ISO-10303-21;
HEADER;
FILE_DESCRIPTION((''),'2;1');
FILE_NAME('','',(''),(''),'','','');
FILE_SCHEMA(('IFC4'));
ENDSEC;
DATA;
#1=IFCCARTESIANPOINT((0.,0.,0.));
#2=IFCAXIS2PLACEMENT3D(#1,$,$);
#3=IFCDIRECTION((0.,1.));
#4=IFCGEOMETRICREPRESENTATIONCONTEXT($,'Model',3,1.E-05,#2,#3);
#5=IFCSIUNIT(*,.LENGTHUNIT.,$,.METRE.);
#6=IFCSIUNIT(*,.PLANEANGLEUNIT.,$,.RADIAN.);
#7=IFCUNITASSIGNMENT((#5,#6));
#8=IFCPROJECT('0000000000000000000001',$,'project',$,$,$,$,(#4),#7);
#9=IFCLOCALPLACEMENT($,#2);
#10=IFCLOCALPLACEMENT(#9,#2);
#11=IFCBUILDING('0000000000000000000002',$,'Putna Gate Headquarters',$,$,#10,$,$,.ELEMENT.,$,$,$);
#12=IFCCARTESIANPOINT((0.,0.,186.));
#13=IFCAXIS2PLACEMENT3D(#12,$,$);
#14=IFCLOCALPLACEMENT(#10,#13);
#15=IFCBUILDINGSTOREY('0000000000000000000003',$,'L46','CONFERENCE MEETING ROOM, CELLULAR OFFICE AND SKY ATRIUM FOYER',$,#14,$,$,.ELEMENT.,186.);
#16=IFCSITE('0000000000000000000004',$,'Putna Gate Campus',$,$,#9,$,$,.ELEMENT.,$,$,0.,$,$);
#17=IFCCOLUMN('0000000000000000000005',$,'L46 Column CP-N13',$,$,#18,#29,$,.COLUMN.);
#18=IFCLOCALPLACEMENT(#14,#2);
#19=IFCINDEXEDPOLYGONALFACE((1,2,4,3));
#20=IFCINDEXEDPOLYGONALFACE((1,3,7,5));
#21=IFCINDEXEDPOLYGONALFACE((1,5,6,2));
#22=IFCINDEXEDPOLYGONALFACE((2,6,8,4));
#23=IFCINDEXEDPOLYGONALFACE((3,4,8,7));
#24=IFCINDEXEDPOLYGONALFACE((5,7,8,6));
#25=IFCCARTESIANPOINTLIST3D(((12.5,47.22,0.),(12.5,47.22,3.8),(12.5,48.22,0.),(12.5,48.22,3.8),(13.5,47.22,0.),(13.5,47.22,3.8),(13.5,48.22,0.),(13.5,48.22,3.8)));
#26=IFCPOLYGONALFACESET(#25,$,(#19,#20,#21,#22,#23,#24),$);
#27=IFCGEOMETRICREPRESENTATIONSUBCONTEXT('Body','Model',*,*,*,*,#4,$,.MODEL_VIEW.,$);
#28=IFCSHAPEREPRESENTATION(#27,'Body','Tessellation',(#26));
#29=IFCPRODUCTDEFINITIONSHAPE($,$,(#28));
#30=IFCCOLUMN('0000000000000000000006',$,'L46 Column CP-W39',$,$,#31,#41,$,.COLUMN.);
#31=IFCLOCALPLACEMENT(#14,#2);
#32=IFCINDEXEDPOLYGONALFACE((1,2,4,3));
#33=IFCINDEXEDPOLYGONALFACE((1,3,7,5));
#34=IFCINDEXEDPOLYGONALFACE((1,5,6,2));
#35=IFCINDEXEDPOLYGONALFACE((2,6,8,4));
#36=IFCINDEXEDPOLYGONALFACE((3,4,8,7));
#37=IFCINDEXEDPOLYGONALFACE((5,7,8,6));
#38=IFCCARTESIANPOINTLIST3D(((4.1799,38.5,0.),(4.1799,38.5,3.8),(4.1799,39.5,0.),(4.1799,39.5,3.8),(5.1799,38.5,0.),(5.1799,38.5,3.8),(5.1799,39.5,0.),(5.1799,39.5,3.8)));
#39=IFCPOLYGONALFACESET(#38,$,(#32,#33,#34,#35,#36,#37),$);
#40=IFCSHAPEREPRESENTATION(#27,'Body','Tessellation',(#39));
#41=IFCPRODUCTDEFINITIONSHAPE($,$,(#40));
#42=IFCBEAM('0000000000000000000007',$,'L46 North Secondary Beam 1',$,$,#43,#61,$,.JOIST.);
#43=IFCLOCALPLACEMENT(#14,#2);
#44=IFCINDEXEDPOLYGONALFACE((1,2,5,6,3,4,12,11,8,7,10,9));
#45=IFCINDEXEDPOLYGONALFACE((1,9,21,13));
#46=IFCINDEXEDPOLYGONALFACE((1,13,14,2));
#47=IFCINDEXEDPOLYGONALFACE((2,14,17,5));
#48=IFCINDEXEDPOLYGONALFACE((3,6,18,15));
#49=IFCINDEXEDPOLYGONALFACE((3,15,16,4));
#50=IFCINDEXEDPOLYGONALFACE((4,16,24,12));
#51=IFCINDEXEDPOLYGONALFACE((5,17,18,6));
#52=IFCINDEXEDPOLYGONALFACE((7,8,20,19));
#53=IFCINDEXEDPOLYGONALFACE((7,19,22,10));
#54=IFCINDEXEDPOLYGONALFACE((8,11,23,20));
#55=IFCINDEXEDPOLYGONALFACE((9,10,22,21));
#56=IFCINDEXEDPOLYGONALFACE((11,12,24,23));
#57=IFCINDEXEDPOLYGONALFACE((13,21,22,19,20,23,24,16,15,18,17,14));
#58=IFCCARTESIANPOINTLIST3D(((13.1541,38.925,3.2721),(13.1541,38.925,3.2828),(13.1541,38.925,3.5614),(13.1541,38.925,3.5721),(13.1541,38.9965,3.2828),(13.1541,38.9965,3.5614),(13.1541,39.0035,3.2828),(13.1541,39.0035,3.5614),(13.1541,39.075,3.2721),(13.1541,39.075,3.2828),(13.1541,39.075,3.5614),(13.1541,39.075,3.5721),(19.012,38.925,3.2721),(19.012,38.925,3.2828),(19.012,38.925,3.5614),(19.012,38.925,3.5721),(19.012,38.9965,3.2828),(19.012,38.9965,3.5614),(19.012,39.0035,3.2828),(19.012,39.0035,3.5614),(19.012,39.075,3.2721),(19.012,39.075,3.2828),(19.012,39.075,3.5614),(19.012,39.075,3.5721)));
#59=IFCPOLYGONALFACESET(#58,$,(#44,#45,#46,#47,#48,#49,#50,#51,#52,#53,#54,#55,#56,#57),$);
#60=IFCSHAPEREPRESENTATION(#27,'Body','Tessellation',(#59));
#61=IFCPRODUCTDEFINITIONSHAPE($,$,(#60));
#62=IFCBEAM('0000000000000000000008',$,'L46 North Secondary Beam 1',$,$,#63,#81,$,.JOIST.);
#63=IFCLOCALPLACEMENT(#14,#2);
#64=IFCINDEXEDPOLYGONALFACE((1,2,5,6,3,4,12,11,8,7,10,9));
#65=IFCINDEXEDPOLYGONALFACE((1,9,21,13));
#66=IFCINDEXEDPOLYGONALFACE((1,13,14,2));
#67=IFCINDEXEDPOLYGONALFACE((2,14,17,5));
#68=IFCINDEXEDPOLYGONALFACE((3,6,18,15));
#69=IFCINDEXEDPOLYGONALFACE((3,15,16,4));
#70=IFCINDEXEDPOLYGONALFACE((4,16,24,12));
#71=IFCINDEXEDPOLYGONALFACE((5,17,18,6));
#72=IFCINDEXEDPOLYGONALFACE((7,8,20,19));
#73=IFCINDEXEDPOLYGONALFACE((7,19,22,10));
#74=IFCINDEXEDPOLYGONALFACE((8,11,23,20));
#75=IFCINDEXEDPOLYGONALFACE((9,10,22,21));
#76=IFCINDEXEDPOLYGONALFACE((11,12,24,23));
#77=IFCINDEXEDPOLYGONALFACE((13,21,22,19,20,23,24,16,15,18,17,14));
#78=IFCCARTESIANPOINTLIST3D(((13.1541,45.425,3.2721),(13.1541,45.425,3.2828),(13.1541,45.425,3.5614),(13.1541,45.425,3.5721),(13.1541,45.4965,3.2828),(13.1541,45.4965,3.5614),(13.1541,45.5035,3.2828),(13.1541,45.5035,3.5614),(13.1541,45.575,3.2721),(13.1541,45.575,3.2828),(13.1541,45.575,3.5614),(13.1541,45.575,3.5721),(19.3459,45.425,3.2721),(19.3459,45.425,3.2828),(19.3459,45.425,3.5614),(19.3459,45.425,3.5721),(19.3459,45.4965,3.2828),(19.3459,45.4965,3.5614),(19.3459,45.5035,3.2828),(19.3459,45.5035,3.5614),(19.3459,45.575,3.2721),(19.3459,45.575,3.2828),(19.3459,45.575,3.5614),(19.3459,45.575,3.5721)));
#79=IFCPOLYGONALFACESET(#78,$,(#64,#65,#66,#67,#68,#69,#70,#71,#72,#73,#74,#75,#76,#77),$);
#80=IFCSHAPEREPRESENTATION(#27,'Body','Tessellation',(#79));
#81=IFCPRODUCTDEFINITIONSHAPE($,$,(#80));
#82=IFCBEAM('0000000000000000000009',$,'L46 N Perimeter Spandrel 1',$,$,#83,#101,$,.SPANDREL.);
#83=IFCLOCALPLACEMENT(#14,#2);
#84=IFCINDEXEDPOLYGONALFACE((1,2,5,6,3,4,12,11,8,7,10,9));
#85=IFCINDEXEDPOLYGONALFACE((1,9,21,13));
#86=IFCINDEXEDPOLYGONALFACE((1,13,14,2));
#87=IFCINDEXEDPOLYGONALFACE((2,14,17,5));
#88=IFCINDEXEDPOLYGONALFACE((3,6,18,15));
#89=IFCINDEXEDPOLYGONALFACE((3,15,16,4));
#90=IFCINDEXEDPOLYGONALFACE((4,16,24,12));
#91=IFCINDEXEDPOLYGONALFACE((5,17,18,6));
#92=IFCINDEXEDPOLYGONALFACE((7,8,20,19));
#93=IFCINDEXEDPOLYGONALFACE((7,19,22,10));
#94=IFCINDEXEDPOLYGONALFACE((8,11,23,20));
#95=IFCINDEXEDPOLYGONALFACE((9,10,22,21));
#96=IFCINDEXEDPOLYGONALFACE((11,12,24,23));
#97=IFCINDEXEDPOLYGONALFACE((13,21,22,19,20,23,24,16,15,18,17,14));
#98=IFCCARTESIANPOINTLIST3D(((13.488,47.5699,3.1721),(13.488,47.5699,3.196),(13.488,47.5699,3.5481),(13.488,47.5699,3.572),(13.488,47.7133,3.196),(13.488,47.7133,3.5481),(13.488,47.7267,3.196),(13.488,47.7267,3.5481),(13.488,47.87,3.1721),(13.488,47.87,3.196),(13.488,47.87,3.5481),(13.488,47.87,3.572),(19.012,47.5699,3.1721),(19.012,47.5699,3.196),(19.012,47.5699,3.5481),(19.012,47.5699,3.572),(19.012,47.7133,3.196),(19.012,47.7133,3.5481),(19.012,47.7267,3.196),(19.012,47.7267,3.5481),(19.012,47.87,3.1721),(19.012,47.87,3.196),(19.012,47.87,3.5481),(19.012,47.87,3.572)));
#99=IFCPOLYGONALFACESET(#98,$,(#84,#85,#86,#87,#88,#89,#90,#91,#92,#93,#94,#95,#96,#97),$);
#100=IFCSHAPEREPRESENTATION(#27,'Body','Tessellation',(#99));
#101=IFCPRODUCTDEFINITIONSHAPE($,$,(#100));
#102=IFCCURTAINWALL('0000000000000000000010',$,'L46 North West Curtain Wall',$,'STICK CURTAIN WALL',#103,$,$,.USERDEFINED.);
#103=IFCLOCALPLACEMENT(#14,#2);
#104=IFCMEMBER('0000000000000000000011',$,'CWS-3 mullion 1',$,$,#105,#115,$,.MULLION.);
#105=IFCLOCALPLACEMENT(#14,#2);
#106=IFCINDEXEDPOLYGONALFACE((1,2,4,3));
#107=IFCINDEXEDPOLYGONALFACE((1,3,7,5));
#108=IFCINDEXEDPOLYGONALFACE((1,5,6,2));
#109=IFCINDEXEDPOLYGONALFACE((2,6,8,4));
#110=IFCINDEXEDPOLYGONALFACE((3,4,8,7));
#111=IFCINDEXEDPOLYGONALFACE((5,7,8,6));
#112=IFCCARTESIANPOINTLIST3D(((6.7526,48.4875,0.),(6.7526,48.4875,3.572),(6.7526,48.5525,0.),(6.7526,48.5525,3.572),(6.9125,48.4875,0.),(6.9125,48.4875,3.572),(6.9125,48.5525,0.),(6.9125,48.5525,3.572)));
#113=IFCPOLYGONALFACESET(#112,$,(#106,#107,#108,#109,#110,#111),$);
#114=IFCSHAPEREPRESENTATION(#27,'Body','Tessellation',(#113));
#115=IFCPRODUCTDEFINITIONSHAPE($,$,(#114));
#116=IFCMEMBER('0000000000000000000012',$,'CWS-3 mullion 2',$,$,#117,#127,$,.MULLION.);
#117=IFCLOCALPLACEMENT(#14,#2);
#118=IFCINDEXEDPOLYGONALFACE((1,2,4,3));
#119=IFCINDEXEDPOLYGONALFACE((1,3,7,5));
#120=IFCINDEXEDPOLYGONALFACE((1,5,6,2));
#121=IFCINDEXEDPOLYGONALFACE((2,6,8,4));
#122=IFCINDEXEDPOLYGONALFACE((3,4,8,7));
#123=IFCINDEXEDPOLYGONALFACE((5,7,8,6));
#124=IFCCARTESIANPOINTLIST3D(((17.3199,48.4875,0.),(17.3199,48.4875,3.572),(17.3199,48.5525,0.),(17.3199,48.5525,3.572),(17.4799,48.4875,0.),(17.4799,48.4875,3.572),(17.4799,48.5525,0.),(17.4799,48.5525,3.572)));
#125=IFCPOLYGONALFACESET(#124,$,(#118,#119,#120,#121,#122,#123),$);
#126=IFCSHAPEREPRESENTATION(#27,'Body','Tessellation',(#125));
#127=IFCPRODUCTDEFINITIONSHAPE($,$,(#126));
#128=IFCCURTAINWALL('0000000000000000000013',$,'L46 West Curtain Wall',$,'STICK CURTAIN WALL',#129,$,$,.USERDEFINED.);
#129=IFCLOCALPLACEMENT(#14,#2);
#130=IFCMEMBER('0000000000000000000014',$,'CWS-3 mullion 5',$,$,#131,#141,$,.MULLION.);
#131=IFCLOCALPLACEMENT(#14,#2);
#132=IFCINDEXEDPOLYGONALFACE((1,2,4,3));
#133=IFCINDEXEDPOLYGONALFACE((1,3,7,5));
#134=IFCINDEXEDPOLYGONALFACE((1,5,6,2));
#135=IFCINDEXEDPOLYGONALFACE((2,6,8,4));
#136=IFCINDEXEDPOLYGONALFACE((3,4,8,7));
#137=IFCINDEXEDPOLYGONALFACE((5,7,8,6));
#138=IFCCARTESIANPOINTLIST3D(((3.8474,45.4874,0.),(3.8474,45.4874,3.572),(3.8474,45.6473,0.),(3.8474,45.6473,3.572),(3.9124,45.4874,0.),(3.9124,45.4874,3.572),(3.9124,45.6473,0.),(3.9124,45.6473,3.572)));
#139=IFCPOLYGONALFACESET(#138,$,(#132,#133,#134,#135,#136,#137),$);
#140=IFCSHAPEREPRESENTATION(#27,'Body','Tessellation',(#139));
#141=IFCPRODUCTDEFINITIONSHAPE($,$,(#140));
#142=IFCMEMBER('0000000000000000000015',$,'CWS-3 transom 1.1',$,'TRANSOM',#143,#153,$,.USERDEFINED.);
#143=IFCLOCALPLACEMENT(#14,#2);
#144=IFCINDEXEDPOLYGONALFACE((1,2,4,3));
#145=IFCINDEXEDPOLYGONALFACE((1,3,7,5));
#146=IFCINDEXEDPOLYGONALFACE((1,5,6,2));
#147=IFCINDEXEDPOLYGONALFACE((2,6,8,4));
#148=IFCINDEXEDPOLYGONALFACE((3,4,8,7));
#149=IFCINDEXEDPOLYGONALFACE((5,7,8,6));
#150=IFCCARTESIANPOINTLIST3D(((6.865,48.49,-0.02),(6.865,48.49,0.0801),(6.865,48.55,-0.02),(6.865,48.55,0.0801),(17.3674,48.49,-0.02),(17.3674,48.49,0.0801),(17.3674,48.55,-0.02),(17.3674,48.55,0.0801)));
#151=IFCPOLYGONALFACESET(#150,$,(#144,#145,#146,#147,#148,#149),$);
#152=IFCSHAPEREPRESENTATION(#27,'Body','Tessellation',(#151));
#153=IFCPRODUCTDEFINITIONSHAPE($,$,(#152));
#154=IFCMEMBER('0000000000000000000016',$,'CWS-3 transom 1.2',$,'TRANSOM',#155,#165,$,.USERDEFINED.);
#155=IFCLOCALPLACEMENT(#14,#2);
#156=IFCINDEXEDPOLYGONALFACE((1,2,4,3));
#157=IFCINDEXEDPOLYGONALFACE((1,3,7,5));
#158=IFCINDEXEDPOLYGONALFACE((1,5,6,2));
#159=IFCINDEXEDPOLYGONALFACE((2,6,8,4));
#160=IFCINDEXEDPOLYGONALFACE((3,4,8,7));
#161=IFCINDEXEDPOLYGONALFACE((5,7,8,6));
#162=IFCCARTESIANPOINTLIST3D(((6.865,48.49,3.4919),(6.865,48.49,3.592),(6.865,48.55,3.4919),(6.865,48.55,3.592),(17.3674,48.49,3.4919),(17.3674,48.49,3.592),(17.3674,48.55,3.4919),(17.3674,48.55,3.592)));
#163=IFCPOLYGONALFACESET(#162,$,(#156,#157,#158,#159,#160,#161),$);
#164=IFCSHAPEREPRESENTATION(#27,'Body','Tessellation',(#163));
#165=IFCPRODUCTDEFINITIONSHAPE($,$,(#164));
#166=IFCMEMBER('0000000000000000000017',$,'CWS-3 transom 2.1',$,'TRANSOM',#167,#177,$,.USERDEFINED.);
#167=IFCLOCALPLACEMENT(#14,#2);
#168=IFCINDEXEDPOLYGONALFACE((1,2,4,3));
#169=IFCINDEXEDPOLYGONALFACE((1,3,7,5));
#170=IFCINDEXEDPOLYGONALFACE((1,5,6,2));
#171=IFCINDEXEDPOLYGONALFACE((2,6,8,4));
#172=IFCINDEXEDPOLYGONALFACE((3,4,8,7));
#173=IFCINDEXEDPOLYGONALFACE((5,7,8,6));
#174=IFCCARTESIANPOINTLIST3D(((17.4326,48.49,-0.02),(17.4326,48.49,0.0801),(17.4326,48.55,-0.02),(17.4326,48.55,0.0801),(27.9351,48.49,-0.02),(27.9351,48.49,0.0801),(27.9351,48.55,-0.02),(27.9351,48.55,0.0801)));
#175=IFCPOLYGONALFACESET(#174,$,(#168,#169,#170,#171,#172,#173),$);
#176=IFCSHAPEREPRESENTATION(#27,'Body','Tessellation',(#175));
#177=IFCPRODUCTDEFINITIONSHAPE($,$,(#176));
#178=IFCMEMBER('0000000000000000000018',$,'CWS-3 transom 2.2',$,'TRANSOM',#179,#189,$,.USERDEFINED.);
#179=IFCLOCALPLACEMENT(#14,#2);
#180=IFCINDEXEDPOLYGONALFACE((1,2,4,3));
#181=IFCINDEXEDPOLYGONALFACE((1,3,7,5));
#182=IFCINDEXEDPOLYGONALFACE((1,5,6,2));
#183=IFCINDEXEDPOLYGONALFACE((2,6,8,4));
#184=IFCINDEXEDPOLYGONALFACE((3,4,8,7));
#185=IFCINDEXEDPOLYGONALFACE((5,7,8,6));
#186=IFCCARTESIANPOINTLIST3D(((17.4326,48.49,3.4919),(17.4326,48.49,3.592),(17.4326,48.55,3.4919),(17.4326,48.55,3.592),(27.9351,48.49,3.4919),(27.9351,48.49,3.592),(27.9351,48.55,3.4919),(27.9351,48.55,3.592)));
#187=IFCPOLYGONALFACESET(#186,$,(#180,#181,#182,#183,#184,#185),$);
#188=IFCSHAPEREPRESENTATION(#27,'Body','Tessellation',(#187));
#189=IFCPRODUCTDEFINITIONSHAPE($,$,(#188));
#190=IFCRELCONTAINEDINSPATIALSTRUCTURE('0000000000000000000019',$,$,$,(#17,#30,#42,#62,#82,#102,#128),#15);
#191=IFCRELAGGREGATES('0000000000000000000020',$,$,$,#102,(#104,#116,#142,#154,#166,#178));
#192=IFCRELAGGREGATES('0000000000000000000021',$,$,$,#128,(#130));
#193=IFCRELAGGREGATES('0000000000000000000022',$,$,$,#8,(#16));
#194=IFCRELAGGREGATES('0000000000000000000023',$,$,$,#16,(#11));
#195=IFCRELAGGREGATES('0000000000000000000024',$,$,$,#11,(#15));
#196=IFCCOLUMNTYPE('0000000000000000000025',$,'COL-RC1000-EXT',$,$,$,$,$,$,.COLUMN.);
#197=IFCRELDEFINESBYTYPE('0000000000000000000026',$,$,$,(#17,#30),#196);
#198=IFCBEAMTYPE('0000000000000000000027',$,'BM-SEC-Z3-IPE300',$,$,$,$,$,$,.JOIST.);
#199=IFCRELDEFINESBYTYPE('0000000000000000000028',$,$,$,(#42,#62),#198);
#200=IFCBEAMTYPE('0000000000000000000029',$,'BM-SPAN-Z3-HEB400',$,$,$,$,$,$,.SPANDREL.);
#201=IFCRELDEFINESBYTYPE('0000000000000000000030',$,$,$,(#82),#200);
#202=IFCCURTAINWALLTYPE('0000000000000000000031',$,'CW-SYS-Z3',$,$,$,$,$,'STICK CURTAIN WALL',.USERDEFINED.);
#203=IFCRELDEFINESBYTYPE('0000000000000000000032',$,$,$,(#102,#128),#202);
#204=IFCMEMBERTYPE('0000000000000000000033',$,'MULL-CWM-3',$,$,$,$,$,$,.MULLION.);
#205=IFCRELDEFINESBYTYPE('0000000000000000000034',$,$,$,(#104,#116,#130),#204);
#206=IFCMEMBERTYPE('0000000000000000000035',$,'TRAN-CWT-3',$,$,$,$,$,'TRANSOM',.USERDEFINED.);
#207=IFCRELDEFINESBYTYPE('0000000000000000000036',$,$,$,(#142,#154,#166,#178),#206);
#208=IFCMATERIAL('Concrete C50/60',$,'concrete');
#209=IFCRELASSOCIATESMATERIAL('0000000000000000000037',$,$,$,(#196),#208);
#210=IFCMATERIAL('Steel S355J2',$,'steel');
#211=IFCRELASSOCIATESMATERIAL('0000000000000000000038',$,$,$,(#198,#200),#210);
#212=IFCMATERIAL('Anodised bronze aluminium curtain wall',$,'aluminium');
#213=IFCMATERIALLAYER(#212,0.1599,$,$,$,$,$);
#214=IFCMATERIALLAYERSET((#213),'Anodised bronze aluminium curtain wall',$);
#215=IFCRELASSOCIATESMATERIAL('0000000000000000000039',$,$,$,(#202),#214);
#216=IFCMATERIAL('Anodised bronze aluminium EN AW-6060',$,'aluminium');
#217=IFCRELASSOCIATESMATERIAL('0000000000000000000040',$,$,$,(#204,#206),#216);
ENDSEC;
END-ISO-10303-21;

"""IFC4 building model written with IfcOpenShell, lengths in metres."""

from ifc_helpers import new_model, si_unit, direction, frame, origin, origin_2d, place, context, subcontext, project, spatial, rectangle, i_section, extrude, material, layer, layer_set, material_profile, profile_set, type_object, element, aggregate, save


model = new_model("IFC4")

# Units and contexts
model_context = context("Model", 3, precision=1e-05, world=origin(), true_north=direction((0.0, 1.0)))
body_context = subcontext(model_context, "Body", "Model", "MODEL_VIEW")
ifc_project = project(units=[si_unit("LENGTHUNIT", "METRE"), si_unit("PLANEANGLEUNIT", "RADIAN")], contexts=[model_context])

# Site, building, storey
site_placement = place(None, origin())
site = spatial("IfcSite", under=ifc_project, at=site_placement, Name="Putna Gate Campus", CompositionType="ELEMENT", RefElevation=0.0)
building_placement = place(site_placement, origin())
building = spatial("IfcBuilding", under=site, at=building_placement, Name="Putna Gate Headquarters", CompositionType="ELEMENT")
storey_placement = place(building_placement, frame((0.0, 0.0, 186.0)))
storey = spatial("IfcBuildingStorey", under=building, at=storey_placement, Name="L46", Description="CONFERENCE MEETING ROOM, CELLULAR OFFICE AND SKY ATRIUM FOYER", CompositionType="ELEMENT", Elevation=186.0)

# Columns
ifc_material_1 = material(Name="Concrete C50/60", Category="concrete")
ifc_material_profile_1 = material_profile(ifc_material_1, rectangle(XDim=1.0, YDim=1.0, at=origin_2d()), Name="Concrete C50/60")
ifc_profile_set_1 = profile_set([ifc_material_profile_1], Name="Concrete C50/60")
column_type = type_object("IfcColumnType", Name="COL-RC1000-EXT", PredefinedType="COLUMN", material=ifc_profile_set_1)
for number, where, z_axis, x_axis, name in (
    (1, (13.0, 47.72, 0.0), (0.0, 0.0, 1.0), (1.0, 0.0, 0.0), "L46 Column CP-N13"),
    (2, (4.6799, 39.0, 0.0), (0.0, 0.0, 1.0), (1.0, 0.0, 0.0), "L46 Column CP-W39"),
):
    element("IfcColumn", number, at=place(storey_placement, frame(where, z_axis=z_axis, x_axis=x_axis)), inside=storey, type_object=column_type, Name=name, PredefinedType="COLUMN", context=body_context, shape_type="SweptSolid", body=[
        extrude(rectangle(XDim=1.0, YDim=1.0, at=origin_2d()), origin(), (0.0, 0.0, 1.0), 3.8),
    ])

# Beams
ifc_material_2 = material(Name="Steel S355J2", Category="steel")
ifc_material_profile_2 = material_profile(ifc_material_2, i_section(OverallWidth=0.1499, OverallDepth=0.3, WebThickness=0.0071, FlangeThickness=0.0107, at=origin_2d()), Name="Steel S355J2")
ifc_profile_set_2 = profile_set([ifc_material_profile_2], Name="Steel S355J2")
beam_type_1 = type_object("IfcBeamType", Name="BM-SEC-Z3-IPE300", PredefinedType="JOIST", material=ifc_profile_set_2)
beam_1_placement = place(storey_placement, frame((13.1541, 39.0, 3.4221), z_axis=(1.0, 0.0, 0.0), x_axis=(0.0, 1.0, 0.0)))
element("IfcBeam", 3, at=beam_1_placement, inside=storey, type_object=beam_type_1, Name="L46 North Secondary Beam 1", PredefinedType="JOIST", context=body_context, shape_type="SweptSolid", body=[
    extrude(i_section(OverallWidth=0.1499, OverallDepth=0.3, WebThickness=0.0071, FlangeThickness=0.0107, at=origin_2d()), origin(), (0.0, 0.0, 1.0), 5.8579),
])
beam_2_placement = place(storey_placement, frame((13.1541, 45.5, 3.4221), z_axis=(1.0, 0.0, 0.0), x_axis=(0.0, 1.0, 0.0)))
element("IfcBeam", 4, at=beam_2_placement, inside=storey, type_object=beam_type_1, Name="L46 North Secondary Beam 1", PredefinedType="JOIST", context=body_context, shape_type="SweptSolid", body=[
    extrude(i_section(OverallWidth=0.1499, OverallDepth=0.3, WebThickness=0.0071, FlangeThickness=0.0107, at=origin_2d()), origin(), (0.0, 0.0, 1.0), 6.1919),
])
ifc_material_profile_3 = material_profile(ifc_material_2, i_section(OverallWidth=0.3, OverallDepth=0.3999, WebThickness=0.0134, FlangeThickness=0.0239, at=origin_2d()), Name="Steel S355J2")
ifc_profile_set_3 = profile_set([ifc_material_profile_3], Name="Steel S355J2")
beam_type_2 = type_object("IfcBeamType", Name="BM-SPAN-Z3-HEB400", PredefinedType="SPANDREL", material=ifc_profile_set_3)
beam_3_placement = place(storey_placement, frame((13.488, 47.72, 3.3721), z_axis=(1.0, 0.0, 0.0), x_axis=(0.0, 1.0, 0.0)))
element("IfcBeam", 5, at=beam_3_placement, inside=storey, type_object=beam_type_2, Name="L46 N Perimeter Spandrel 1", PredefinedType="SPANDREL", context=body_context, shape_type="SweptSolid", body=[
    extrude(i_section(OverallWidth=0.3, OverallDepth=0.3999, WebThickness=0.0134, FlangeThickness=0.0239, at=origin_2d()), origin(), (0.0, 0.0, 1.0), 5.5239),
])

# Curtain wall, members
ifc_material_3 = material(Name="Anodised bronze aluminium curtain wall", Category="aluminium")
ifc_layer_1 = layer(ifc_material_3, 0.1599)
ifc_layer_set_1 = layer_set([ifc_layer_1], Name="Anodised bronze aluminium curtain wall")
curtain_wall_type = type_object("IfcCurtainWallType", Name="CW-SYS-Z3", ElementType="STICK CURTAIN WALL", PredefinedType="USERDEFINED", material=ifc_layer_set_1)
curtain_wall_1_placement = place(storey_placement, origin())
curtain_wall_1 = element("IfcCurtainWall", 6, at=curtain_wall_1_placement, inside=storey, type_object=curtain_wall_type, Name="L46 North West Curtain Wall", ObjectType="STICK CURTAIN WALL", PredefinedType="USERDEFINED")
ifc_material_4 = material(Name="Anodised bronze aluminium EN AW-6060", Category="aluminium")
ifc_material_profile_4 = material_profile(ifc_material_4, rectangle(XDim=0.0649, YDim=0.1599, at=origin_2d()), Name="Anodised bronze aluminium EN AW-6060")
ifc_profile_set_4 = profile_set([ifc_material_profile_4], Name="Anodised bronze aluminium EN AW-6060")
member_type_1 = type_object("IfcMemberType", Name="MULL-CWM-3", PredefinedType="MULLION", material=ifc_profile_set_4)
member_1_placement = place(storey_placement, frame((6.8325, 48.52, 0.0), z_axis=(0.0, 0.0, 1.0), x_axis=(0.0, 1.0, 0.0)))
member_1 = element("IfcMember", 7, at=member_1_placement, type_object=member_type_1, Name="CWS-3 mullion 1", PredefinedType="MULLION", context=body_context, shape_type="SweptSolid", body=[
    extrude(rectangle(XDim=0.0649, YDim=0.1599, at=origin_2d()), origin(), (0.0, 0.0, 1.0), 3.572),
])
member_2_placement = place(storey_placement, frame((17.3999, 48.52, 0.0), z_axis=(0.0, 0.0, 1.0), x_axis=(0.0, 1.0, 0.0)))
member_2 = element("IfcMember", 8, at=member_2_placement, type_object=member_type_1, Name="CWS-3 mullion 2", PredefinedType="MULLION", context=body_context, shape_type="SweptSolid", body=[
    extrude(rectangle(XDim=0.0649, YDim=0.1599, at=origin_2d()), origin(), (0.0, 0.0, 1.0), 3.572),
])

# Curtain wall, member
curtain_wall_2_placement = place(storey_placement, origin())
curtain_wall_2 = element("IfcCurtainWall", 9, at=curtain_wall_2_placement, inside=storey, type_object=curtain_wall_type, Name="L46 West Curtain Wall", ObjectType="STICK CURTAIN WALL", PredefinedType="USERDEFINED")
member_3_placement = place(storey_placement, frame((3.8799, 45.5674, 0.0), z_axis=(0.0, 0.0, 1.0), x_axis=(-1.0, 0.0, 0.0)))
member_3 = element("IfcMember", 10, at=member_3_placement, type_object=member_type_1, Name="CWS-3 mullion 5", PredefinedType="MULLION", context=body_context, shape_type="SweptSolid", body=[
    extrude(rectangle(XDim=0.0649, YDim=0.1599, at=origin_2d()), origin(), (0.0, 0.0, 1.0), 3.572),
])

# Members
ifc_material_profile_5 = material_profile(ifc_material_4, rectangle(XDim=0.0601, YDim=0.1001, at=origin_2d()), Name="Anodised bronze aluminium EN AW-6060")
ifc_profile_set_5 = profile_set([ifc_material_profile_5], Name="Anodised bronze aluminium EN AW-6060")
member_type_2 = type_object("IfcMemberType", Name="TRAN-CWT-3", ElementType="TRANSOM", PredefinedType="USERDEFINED", material=ifc_profile_set_5)
member_4_placement = place(storey_placement, frame((6.865, 48.52, 0.03), z_axis=(1.0, 0.0, 0.0), x_axis=(0.0, 1.0, 0.0)))
member_4 = element("IfcMember", 11, at=member_4_placement, type_object=member_type_2, Name="CWS-3 transom 1.1", ObjectType="TRANSOM", PredefinedType="USERDEFINED", context=body_context, shape_type="SweptSolid", body=[
    extrude(rectangle(XDim=0.0601, YDim=0.1001, at=origin_2d()), origin(), (0.0, 0.0, 1.0), 10.5024),
])
member_5_placement = place(storey_placement, frame((6.865, 48.52, 3.542), z_axis=(1.0, 0.0, 0.0), x_axis=(0.0, 1.0, 0.0)))
member_5 = element("IfcMember", 12, at=member_5_placement, type_object=member_type_2, Name="CWS-3 transom 1.2", ObjectType="TRANSOM", PredefinedType="USERDEFINED", context=body_context, shape_type="SweptSolid", body=[
    extrude(rectangle(XDim=0.0601, YDim=0.1001, at=origin_2d()), origin(), (0.0, 0.0, 1.0), 10.5024),
])
member_6_placement = place(storey_placement, frame((17.4326, 48.52, 0.03), z_axis=(1.0, 0.0, 0.0), x_axis=(0.0, 1.0, 0.0)))
member_6 = element("IfcMember", 13, at=member_6_placement, type_object=member_type_2, Name="CWS-3 transom 2.1", ObjectType="TRANSOM", PredefinedType="USERDEFINED", context=body_context, shape_type="SweptSolid", body=[
    extrude(rectangle(XDim=0.0601, YDim=0.1001, at=origin_2d()), origin(), (0.0, 0.0, 1.0), 10.5024),
])
member_7_placement = place(storey_placement, frame((17.4326, 48.52, 3.542), z_axis=(1.0, 0.0, 0.0), x_axis=(0.0, 1.0, 0.0)))
member_7 = element("IfcMember", 14, at=member_7_placement, type_object=member_type_2, Name="CWS-3 transom 2.2", ObjectType="TRANSOM", PredefinedType="USERDEFINED", context=body_context, shape_type="SweptSolid", body=[
    extrude(rectangle(XDim=0.0601, YDim=0.1001, at=origin_2d()), origin(), (0.0, 0.0, 1.0), 10.5024),
])

aggregate(curtain_wall_1, [member_1, member_2, member_4, member_5, member_6, member_7])
aggregate(curtain_wall_2, [member_3])

save(model, "model.ifc")
